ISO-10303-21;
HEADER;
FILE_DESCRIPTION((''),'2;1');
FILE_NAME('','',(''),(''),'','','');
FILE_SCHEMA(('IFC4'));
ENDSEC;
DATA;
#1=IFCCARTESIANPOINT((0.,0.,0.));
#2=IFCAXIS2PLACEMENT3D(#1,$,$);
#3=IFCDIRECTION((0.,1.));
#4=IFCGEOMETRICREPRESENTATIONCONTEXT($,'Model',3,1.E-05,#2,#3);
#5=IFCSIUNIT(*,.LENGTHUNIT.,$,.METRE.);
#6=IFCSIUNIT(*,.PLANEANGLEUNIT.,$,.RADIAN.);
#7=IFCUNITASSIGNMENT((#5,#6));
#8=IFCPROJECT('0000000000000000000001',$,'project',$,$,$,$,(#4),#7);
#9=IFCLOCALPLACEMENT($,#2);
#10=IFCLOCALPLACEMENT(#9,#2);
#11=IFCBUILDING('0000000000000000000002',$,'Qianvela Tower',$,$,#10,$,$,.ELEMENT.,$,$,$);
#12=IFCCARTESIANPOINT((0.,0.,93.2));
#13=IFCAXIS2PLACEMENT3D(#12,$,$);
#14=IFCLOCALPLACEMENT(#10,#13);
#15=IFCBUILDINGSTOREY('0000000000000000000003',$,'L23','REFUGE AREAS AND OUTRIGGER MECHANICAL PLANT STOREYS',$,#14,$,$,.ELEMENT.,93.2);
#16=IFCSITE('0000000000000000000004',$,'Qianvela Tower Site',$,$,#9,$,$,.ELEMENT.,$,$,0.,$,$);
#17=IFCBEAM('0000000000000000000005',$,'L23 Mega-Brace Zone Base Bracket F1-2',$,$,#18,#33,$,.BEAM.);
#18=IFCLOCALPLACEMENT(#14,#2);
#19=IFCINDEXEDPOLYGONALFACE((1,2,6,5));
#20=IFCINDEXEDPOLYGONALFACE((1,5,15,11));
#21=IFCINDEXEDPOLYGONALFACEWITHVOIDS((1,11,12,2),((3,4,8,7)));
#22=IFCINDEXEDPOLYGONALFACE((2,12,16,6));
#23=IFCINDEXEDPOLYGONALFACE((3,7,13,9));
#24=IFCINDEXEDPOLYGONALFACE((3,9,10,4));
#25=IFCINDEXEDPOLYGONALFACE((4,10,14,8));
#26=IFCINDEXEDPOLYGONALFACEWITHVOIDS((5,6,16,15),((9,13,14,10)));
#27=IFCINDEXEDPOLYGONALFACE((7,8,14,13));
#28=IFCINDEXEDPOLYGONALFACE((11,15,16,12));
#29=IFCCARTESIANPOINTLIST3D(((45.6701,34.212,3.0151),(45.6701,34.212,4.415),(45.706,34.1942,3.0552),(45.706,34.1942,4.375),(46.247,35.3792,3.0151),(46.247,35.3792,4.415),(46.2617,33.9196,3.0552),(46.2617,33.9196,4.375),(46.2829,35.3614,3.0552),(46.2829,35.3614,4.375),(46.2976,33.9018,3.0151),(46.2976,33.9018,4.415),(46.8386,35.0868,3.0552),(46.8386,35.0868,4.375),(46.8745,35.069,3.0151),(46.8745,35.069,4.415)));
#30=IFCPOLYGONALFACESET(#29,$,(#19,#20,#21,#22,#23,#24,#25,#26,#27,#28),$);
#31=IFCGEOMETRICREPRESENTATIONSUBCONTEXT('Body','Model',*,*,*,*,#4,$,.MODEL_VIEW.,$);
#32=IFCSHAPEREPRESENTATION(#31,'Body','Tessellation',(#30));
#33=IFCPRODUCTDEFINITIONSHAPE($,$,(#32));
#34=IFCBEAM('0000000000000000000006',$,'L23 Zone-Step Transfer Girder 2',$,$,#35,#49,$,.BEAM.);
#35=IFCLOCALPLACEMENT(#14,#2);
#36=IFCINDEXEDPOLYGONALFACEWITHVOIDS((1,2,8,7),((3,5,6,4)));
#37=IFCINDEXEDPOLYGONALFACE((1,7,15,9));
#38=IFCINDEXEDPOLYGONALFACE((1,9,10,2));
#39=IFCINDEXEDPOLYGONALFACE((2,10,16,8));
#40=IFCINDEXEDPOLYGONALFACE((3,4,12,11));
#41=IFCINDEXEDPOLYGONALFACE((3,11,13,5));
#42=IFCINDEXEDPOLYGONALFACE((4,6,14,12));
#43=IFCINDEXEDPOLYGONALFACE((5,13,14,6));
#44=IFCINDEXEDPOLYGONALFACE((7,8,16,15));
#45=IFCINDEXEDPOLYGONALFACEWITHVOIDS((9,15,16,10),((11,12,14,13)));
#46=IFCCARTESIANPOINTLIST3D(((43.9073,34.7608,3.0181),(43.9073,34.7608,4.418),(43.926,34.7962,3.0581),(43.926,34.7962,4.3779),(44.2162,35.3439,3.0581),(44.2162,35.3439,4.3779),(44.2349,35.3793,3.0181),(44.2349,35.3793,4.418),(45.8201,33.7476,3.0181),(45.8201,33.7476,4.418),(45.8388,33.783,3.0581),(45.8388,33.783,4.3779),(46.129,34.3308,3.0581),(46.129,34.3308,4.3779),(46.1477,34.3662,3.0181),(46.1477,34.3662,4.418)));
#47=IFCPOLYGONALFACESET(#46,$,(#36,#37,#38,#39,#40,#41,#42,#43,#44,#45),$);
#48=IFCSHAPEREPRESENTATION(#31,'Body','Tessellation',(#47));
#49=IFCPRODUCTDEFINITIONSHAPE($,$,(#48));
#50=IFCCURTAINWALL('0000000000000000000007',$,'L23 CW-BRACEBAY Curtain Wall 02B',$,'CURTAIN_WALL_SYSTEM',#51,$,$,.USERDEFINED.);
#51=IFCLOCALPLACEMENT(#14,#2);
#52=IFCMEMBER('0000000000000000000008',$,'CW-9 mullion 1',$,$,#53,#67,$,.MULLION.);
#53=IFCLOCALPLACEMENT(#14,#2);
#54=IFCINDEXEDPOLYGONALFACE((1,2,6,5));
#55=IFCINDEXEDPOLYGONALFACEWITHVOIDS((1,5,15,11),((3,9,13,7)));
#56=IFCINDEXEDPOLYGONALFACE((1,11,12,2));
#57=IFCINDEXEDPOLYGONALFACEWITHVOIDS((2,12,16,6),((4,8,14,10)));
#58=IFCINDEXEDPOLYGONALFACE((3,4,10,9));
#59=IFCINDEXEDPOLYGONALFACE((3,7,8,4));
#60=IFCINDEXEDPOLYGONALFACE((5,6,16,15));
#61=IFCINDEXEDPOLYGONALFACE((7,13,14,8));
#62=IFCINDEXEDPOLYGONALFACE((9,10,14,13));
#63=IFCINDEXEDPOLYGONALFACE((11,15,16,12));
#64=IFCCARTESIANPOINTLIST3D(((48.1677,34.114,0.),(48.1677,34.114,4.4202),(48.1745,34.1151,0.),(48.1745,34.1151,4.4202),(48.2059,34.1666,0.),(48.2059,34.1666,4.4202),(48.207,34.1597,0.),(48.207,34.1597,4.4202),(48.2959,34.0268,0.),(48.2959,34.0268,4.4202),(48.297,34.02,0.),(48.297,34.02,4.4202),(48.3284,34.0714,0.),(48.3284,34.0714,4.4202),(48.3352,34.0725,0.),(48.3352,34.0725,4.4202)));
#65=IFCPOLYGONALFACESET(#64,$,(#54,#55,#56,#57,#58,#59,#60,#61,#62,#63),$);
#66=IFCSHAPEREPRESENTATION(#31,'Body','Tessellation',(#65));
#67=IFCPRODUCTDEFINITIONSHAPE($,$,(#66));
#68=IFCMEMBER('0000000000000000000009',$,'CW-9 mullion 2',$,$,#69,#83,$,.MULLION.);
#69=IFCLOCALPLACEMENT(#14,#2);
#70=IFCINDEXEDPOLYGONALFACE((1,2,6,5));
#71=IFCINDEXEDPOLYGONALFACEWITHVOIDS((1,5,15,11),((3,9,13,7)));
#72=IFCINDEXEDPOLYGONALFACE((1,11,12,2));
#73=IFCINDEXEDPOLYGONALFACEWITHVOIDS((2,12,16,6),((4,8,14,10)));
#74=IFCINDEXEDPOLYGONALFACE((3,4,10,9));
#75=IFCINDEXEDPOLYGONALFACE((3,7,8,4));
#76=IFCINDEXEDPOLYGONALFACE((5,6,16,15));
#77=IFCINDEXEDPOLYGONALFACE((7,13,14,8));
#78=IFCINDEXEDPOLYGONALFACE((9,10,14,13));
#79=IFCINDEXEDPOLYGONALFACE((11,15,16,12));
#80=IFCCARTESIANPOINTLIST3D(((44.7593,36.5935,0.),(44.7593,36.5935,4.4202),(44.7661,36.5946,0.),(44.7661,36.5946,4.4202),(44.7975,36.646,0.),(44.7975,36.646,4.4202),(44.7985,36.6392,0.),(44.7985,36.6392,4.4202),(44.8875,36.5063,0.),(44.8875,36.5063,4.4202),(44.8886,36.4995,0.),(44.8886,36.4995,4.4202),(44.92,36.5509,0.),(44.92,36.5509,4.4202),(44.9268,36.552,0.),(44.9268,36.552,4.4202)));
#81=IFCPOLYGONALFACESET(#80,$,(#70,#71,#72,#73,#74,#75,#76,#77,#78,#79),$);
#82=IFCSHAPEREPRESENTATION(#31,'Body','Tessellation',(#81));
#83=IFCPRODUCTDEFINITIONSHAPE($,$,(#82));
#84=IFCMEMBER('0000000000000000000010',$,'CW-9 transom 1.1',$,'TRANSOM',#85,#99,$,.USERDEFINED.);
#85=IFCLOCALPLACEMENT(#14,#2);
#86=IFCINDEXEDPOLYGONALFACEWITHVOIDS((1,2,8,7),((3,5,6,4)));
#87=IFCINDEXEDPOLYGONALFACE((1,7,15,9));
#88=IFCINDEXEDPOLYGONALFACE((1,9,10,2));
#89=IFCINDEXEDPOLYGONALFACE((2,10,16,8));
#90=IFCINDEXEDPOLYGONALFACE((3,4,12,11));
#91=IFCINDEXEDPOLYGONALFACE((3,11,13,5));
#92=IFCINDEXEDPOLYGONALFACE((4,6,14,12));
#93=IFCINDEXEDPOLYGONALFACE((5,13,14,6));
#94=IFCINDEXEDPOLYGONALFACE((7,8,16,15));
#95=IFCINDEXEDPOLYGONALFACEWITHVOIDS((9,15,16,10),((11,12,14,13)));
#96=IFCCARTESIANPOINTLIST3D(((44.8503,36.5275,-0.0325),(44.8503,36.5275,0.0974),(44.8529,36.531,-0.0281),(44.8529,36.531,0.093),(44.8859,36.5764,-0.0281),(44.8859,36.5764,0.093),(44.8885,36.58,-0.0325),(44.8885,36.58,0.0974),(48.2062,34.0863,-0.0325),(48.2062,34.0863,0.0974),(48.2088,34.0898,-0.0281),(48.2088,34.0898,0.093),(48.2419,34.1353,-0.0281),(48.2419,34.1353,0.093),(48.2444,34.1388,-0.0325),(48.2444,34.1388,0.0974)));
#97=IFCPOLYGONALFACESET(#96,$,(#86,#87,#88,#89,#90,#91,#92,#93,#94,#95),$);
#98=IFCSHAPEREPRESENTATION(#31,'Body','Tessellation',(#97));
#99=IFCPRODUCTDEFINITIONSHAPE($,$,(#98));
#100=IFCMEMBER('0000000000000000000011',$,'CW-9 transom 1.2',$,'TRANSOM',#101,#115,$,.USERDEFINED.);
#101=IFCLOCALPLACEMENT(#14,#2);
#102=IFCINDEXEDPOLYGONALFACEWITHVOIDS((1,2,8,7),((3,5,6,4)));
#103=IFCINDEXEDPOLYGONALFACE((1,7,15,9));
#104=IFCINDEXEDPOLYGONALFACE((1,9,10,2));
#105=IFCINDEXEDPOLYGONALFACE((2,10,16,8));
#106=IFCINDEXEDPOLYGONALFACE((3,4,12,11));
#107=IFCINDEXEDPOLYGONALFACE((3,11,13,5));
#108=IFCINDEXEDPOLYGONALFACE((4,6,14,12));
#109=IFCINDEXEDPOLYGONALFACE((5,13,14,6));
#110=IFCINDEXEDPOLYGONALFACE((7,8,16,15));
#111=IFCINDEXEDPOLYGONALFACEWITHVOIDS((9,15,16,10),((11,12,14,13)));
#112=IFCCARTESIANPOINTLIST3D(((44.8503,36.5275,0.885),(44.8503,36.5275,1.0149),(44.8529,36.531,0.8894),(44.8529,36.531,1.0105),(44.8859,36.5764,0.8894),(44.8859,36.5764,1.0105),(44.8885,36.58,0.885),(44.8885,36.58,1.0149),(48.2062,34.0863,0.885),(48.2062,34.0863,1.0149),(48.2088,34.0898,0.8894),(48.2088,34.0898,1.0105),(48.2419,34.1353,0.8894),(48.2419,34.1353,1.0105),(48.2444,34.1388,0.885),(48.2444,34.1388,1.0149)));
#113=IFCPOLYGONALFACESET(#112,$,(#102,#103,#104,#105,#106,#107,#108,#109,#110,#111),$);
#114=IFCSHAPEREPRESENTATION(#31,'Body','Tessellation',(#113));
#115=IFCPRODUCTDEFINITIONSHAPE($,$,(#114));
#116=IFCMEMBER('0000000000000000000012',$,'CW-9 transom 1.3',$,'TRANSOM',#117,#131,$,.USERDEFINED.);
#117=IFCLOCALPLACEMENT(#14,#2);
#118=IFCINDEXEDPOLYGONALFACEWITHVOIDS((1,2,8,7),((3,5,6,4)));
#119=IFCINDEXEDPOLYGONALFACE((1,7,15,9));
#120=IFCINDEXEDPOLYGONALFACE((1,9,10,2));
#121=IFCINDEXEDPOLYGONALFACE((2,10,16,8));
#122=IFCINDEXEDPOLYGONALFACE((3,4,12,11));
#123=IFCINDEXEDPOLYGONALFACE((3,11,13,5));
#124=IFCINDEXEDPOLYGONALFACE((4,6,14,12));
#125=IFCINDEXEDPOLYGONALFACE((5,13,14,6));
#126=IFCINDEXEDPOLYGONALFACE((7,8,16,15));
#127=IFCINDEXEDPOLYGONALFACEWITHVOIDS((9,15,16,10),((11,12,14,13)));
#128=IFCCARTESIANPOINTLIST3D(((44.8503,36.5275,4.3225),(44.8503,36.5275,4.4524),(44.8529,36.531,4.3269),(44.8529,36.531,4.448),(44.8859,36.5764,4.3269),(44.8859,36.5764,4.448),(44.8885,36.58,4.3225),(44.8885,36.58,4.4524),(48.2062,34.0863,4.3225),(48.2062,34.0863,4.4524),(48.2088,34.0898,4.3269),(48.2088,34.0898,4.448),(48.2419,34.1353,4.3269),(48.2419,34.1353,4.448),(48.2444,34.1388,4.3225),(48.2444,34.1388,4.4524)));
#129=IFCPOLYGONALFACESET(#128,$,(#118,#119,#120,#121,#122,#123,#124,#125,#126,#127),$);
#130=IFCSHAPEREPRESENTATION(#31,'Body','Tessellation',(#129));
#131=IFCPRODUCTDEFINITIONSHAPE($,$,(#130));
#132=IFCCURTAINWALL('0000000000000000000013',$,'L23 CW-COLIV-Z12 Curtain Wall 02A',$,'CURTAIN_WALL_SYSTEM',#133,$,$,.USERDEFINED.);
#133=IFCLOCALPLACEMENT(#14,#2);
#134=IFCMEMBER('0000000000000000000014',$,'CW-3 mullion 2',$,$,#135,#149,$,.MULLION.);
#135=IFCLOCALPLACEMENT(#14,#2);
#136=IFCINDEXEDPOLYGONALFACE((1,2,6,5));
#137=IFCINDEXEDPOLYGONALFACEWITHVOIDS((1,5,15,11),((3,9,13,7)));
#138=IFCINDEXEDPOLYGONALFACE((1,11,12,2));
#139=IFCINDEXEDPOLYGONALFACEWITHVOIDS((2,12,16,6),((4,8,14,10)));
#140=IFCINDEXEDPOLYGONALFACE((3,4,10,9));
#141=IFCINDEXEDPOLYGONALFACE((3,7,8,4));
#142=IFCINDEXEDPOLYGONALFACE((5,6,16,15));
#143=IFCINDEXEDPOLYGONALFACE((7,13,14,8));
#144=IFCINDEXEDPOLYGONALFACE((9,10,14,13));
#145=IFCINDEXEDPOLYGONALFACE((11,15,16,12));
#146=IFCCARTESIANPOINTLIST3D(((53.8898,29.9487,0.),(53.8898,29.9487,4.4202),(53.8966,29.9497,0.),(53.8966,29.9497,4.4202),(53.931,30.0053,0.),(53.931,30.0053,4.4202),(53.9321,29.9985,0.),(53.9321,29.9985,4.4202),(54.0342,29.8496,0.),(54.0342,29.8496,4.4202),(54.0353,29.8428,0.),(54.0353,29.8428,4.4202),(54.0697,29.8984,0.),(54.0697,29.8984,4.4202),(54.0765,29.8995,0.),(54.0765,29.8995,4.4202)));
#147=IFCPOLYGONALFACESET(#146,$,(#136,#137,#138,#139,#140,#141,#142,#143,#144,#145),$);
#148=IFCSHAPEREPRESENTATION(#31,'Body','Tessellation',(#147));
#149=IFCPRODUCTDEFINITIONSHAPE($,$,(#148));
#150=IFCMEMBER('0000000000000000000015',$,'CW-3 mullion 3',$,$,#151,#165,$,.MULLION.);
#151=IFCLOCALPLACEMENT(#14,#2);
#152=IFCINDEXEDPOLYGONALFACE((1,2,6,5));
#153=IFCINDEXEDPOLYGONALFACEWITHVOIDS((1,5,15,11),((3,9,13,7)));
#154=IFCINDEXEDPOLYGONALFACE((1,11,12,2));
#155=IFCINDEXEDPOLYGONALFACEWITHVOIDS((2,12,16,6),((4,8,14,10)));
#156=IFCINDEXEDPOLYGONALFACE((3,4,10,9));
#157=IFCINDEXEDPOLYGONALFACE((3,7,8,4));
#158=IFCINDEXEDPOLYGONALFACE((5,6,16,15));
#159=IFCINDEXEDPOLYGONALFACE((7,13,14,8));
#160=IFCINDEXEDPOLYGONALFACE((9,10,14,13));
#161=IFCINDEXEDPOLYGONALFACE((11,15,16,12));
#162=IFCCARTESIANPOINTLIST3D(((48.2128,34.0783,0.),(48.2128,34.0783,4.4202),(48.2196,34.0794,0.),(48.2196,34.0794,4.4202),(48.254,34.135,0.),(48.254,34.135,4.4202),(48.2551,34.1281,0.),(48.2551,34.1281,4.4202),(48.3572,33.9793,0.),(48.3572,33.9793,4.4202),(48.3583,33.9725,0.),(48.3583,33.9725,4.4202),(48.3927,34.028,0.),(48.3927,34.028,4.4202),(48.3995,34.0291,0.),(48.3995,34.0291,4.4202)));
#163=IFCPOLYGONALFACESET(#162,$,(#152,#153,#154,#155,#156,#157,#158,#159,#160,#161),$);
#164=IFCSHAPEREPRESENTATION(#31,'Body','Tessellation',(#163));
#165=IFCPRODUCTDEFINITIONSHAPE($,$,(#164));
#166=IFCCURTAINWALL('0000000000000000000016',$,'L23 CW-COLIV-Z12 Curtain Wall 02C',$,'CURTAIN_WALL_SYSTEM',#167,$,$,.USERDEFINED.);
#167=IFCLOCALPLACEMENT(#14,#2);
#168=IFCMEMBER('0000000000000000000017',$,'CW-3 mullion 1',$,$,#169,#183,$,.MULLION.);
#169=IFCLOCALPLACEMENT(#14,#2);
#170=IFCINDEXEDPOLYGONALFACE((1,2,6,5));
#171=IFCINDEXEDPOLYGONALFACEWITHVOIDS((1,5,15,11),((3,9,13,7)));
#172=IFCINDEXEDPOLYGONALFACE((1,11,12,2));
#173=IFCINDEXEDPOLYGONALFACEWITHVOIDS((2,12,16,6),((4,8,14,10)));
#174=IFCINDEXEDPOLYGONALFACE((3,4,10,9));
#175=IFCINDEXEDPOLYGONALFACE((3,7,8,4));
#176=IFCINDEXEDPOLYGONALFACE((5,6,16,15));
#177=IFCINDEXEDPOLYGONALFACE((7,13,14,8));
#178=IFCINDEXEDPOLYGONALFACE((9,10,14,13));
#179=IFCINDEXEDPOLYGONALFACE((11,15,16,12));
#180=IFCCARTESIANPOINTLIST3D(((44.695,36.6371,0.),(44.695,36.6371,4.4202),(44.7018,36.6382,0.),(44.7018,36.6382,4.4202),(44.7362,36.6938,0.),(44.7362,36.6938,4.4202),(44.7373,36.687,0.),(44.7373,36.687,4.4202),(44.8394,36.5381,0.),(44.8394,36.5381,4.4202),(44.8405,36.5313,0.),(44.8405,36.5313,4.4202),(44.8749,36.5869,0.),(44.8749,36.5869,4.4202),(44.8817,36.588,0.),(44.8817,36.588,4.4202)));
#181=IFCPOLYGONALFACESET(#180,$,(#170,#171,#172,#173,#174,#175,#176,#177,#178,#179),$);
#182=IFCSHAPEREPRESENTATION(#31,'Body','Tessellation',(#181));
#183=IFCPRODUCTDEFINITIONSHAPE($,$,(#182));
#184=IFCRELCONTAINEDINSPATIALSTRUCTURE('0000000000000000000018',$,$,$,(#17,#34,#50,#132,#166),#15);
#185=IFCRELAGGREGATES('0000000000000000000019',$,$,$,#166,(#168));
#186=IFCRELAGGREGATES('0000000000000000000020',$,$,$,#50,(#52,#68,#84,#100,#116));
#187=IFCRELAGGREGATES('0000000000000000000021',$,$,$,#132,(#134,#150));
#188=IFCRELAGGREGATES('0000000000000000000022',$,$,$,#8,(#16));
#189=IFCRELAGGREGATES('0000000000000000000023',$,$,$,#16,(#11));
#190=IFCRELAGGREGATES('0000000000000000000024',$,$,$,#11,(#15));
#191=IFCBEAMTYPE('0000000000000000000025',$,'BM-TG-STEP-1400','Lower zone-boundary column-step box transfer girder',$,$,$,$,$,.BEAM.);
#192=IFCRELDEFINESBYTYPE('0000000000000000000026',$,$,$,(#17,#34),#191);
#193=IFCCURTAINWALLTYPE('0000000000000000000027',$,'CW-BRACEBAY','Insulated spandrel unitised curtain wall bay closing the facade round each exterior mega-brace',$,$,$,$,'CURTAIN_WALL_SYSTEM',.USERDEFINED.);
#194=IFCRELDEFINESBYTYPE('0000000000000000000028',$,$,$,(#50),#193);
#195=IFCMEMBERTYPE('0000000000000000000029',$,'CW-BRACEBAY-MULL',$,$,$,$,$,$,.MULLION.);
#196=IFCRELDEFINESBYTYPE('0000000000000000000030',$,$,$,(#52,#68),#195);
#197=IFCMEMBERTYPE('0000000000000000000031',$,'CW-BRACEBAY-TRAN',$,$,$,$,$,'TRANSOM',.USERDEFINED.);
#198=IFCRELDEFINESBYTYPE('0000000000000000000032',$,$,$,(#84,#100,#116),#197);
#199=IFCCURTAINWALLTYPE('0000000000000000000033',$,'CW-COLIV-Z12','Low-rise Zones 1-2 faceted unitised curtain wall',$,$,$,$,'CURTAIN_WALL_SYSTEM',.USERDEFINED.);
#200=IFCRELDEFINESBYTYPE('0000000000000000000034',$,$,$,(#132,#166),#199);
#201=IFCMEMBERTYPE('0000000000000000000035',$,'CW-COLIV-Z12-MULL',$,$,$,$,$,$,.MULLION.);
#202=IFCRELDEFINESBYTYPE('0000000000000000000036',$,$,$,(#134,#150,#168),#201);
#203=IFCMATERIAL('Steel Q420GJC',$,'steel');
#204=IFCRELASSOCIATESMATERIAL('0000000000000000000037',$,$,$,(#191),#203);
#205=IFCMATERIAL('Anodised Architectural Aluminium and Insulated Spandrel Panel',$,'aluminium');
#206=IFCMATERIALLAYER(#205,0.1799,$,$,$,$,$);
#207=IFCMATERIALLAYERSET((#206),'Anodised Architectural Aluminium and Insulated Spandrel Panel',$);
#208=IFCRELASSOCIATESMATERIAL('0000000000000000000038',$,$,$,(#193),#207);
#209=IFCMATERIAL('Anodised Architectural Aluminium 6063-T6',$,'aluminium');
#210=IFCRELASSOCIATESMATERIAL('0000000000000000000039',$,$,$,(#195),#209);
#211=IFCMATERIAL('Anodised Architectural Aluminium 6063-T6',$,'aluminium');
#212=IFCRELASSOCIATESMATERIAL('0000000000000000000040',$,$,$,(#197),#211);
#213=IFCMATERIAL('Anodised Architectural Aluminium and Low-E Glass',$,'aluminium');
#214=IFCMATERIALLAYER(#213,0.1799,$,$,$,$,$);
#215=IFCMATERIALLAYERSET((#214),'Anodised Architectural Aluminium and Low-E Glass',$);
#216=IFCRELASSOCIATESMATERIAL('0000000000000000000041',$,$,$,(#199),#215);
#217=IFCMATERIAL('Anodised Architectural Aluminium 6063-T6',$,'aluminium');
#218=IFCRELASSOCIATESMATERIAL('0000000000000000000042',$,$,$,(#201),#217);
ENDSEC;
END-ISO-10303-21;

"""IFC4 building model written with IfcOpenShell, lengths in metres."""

from ifc_helpers import new_model, si_unit, direction, frame, origin, origin_2d, place, context, subcontext, project, spatial, hollow_rectangle, extrude, material, layer, layer_set, material_profile, profile_set, type_object, element, aggregate, save


model = new_model("IFC4")

# Units and contexts
model_context = context("Model", 3, precision=1e-05, world=origin(), true_north=direction((0.0, 1.0)))
body_context = subcontext(model_context, "Body", "Model", "MODEL_VIEW")
ifc_project = project(units=[si_unit("LENGTHUNIT", "METRE"), si_unit("PLANEANGLEUNIT", "RADIAN")], contexts=[model_context])

# Site, building, storey
site_placement = place(None, origin())
site = spatial("IfcSite", under=ifc_project, at=site_placement, Name="Qianvela Tower Site", CompositionType="ELEMENT", RefElevation=0.0)
building_placement = place(site_placement, origin())
building = spatial("IfcBuilding", under=site, at=building_placement, Name="Qianvela Tower", CompositionType="ELEMENT")
storey_placement = place(building_placement, frame((0.0, 0.0, 93.2)))
storey = spatial("IfcBuildingStorey", under=building, at=storey_placement, Name="L23", Description="REFUGE AREAS AND OUTRIGGER MECHANICAL PLANT STOREYS", CompositionType="ELEMENT", Elevation=93.2)

# Beams
ifc_material_1 = material(Name="Steel Q420GJC", Category="steel")
ifc_material_profile_1 = material_profile(ifc_material_1, hollow_rectangle(XDim=0.7, YDim=1.3999, WallThickness=0.04, at=origin_2d()), Name="TG-BOX-1400x700x40")
ifc_profile_set_1 = profile_set([ifc_material_profile_1], Name="Steel Q420GJC")
beam_type_1 = type_object("IfcBeamType", Name="BM-TG-STEP-1400", Description="Lower zone-boundary column-step box transfer girder", PredefinedType="BEAM", material=ifc_profile_set_1)
for number, where, z_axis, x_axis, name in (
    (1, (45.9839, 34.0569, 3.7151), (0.443084, 0.89648, 0.0), (-0.89648, 0.443084, 0.0), "L23 Mega-Brace Zone Base Bracket F1-2"),
):
    element("IfcBeam", number, at=place(storey_placement, frame(where, z_axis=z_axis, x_axis=x_axis)), inside=storey, type_object=beam_type_1, Name=name, PredefinedType="BEAM", context=body_context, shape_type="SweptSolid", body=[
        extrude(hollow_rectangle(XDim=0.7, YDim=1.3999, WallThickness=0.04, at=origin_2d()), origin(), (0.0, 0.0, 1.0), 1.302),
    ])
beam_1_placement = place(storey_placement, frame((45.9839, 34.0569, 3.718), z_axis=(-0.883692, 0.468069, 0.0), x_axis=(-0.468069, -0.883692, 0.0)))
element("IfcBeam", 2, at=beam_1_placement, inside=storey, type_object=beam_type_1, Name="L23 Zone-Step Transfer Girder 2", PredefinedType="BEAM", context=body_context, shape_type="SweptSolid", body=[
    extrude(hollow_rectangle(XDim=0.7, YDim=1.3999, WallThickness=0.04, at=origin_2d()), origin(), (0.0, 0.0, 1.0), 2.1646),
])

# Curtain walls, members
ifc_material_2 = material(Name="Anodised Architectural Aluminium and Insulated Spandrel Panel", Category="aluminium")
ifc_layer_1 = layer(ifc_material_2, 0.1799)
ifc_layer_set_1 = layer_set([ifc_layer_1], Name="Anodised Architectural Aluminium and Insulated Spandrel Panel")
curtain_wall_type_1 = type_object("IfcCurtainWallType", Name="CW-BRACEBAY", Description="Insulated spandrel unitised curtain wall bay closing the facade round each exterior mega-brace", ElementType="CURTAIN_WALL_SYSTEM", PredefinedType="USERDEFINED", material=ifc_layer_set_1)
curtain_wall_1_placement = place(storey_placement, origin())
curtain_wall_1 = element("IfcCurtainWall", 3, at=curtain_wall_1_placement, inside=storey, type_object=curtain_wall_type_1, Name="L23 CW-BRACEBAY Curtain Wall 02B", ObjectType="CURTAIN_WALL_SYSTEM", PredefinedType="USERDEFINED")
ifc_material_3 = material(Name="Anodised Architectural Aluminium 6063-T6", Category="aluminium")
ifc_material_profile_2 = material_profile(ifc_material_3, hollow_rectangle(XDim=0.0649, YDim=0.1599, WallThickness=0.0049, at=origin_2d()), Name="ALU-MULL-65x160")
ifc_profile_set_2 = profile_set([ifc_material_profile_2], Name="Anodised Architectural Aluminium 6063-T6")
member_type_1 = type_object("IfcMemberType", Name="CW-BRACEBAY-MULL", PredefinedType="MULLION", material=ifc_profile_set_2)
member_1_placement = place(storey_placement, frame((48.2515, 34.0933, 0.0), z_axis=(0.0, 0.0, 1.0), x_axis=(-0.588254, -0.808676, 0.0)))
member_1 = element("IfcMember", 4, at=member_1_placement, type_object=member_type_1, Name="CW-9 mullion 1", PredefinedType="MULLION", context=body_context, shape_type="SweptSolid", body=[
    extrude(hollow_rectangle(XDim=0.0649, YDim=0.1599, WallThickness=0.0049, at=origin_2d()), origin(), (0.0, 0.0, 1.0), 4.4202),
])
member_2_placement = place(storey_placement, frame((44.843, 36.5728, 0.0), z_axis=(0.0, 0.0, 1.0), x_axis=(-0.588254, -0.808676, 0.0)))
member_2 = element("IfcMember", 5, at=member_2_placement, type_object=member_type_1, Name="CW-9 mullion 2", PredefinedType="MULLION", context=body_context, shape_type="SweptSolid", body=[
    extrude(hollow_rectangle(XDim=0.0649, YDim=0.1599, WallThickness=0.0049, at=origin_2d()), origin(), (0.0, 0.0, 1.0), 4.4202),
])
ifc_material_4 = material(Name="Anodised Architectural Aluminium 6063-T6", Category="aluminium")
ifc_material_profile_3 = material_profile(ifc_material_4, hollow_rectangle(XDim=0.0649, YDim=0.1299, WallThickness=0.0044, at=origin_2d()), Name="ALU-TRAN-65x130")
ifc_profile_set_3 = profile_set([ifc_material_profile_3], Name="Anodised Architectural Aluminium 6063-T6")
member_type_2 = type_object("IfcMemberType", Name="CW-BRACEBAY-TRAN", ElementType="TRANSOM", PredefinedType="USERDEFINED", material=ifc_profile_set_3)
member_3_placement = place(storey_placement, frame((48.2253, 34.1125, 0.0325), z_axis=(-0.808683, 0.588245, 0.0), x_axis=(-0.588245, -0.808683, 0.0)))
member_3 = element("IfcMember", 6, at=member_3_placement, type_object=member_type_2, Name="CW-9 transom 1.1", ObjectType="TRANSOM", PredefinedType="USERDEFINED", context=body_context, shape_type="SweptSolid", body=[
    extrude(hollow_rectangle(XDim=0.0649, YDim=0.1299, WallThickness=0.0044, at=origin_2d()), origin(), (0.0, 0.0, 1.0), 4.1499),
])
member_4_placement = place(storey_placement, frame((48.2253, 34.1125, 0.95), z_axis=(-0.808683, 0.588245, 0.0), x_axis=(-0.588245, -0.808683, 0.0)))
member_4 = element("IfcMember", 7, at=member_4_placement, type_object=member_type_2, Name="CW-9 transom 1.2", ObjectType="TRANSOM", PredefinedType="USERDEFINED", context=body_context, shape_type="SweptSolid", body=[
    extrude(hollow_rectangle(XDim=0.0649, YDim=0.1299, WallThickness=0.0044, at=origin_2d()), origin(), (0.0, 0.0, 1.0), 4.1499),
])
member_5_placement = place(storey_placement, frame((48.2253, 34.1125, 4.3875), z_axis=(-0.808683, 0.588245, 0.0), x_axis=(-0.588245, -0.808683, 0.0)))
member_5 = element("IfcMember", 8, at=member_5_placement, type_object=member_type_2, Name="CW-9 transom 1.3", ObjectType="TRANSOM", PredefinedType="USERDEFINED", context=body_context, shape_type="SweptSolid", body=[
    extrude(hollow_rectangle(XDim=0.0649, YDim=0.1299, WallThickness=0.0044, at=origin_2d()), origin(), (0.0, 0.0, 1.0), 4.1499),
])
ifc_material_5 = material(Name="Anodised Architectural Aluminium and Low-E Glass", Category="aluminium")
ifc_layer_2 = layer(ifc_material_5, 0.1799)
ifc_layer_set_2 = layer_set([ifc_layer_2], Name="Anodised Architectural Aluminium and Low-E Glass")
curtain_wall_type_2 = type_object("IfcCurtainWallType", Name="CW-COLIV-Z12", Description="Low-rise Zones 1-2 faceted unitised curtain wall", ElementType="CURTAIN_WALL_SYSTEM", PredefinedType="USERDEFINED", material=ifc_layer_set_2)
curtain_wall_2_placement = place(storey_placement, origin())
curtain_wall_2 = element("IfcCurtainWall", 9, at=curtain_wall_2_placement, inside=storey, type_object=curtain_wall_type_2, Name="L23 CW-COLIV-Z12 Curtain Wall 02A", ObjectType="CURTAIN_WALL_SYSTEM", PredefinedType="USERDEFINED")
ifc_material_6 = material(Name="Anodised Architectural Aluminium 6063-T6", Category="aluminium")
ifc_material_profile_4 = material_profile(ifc_material_6, hollow_rectangle(XDim=0.0701, YDim=0.1799, WallThickness=0.0049, at=origin_2d()), Name="ALU-MULL-70x180")
ifc_profile_set_4 = profile_set([ifc_material_profile_4], Name="Anodised Architectural Aluminium 6063-T6")
member_type_3 = type_object("IfcMemberType", Name="CW-COLIV-Z12-MULL", PredefinedType="MULLION", material=ifc_profile_set_4)
member_6_placement = place(storey_placement, frame((53.9832, 29.9241, 0.0), z_axis=(0.0, 0.0, 1.0), x_axis=(-0.588253, -0.808677, 0.0)))
member_6 = element("IfcMember", 10, at=member_6_placement, type_object=member_type_3, Name="CW-3 mullion 2", PredefinedType="MULLION", context=body_context, shape_type="SweptSolid", body=[
    extrude(hollow_rectangle(XDim=0.0701, YDim=0.1799, WallThickness=0.0049, at=origin_2d()), origin(), (0.0, 0.0, 1.0), 4.4202),
])
member_7_placement = place(storey_placement, frame((48.3062, 34.0537, 0.0), z_axis=(0.0, 0.0, 1.0), x_axis=(-0.588253, -0.808677, 0.0)))
member_7 = element("IfcMember", 11, at=member_7_placement, type_object=member_type_3, Name="CW-3 mullion 3", PredefinedType="MULLION", context=body_context, shape_type="SweptSolid", body=[
    extrude(hollow_rectangle(XDim=0.0701, YDim=0.1799, WallThickness=0.0049, at=origin_2d()), origin(), (0.0, 0.0, 1.0), 4.4202),
])

# Curtain wall, member
curtain_wall_3_placement = place(storey_placement, origin())
curtain_wall_3 = element("IfcCurtainWall", 12, at=curtain_wall_3_placement, inside=storey, type_object=curtain_wall_type_2, Name="L23 CW-COLIV-Z12 Curtain Wall 02C", ObjectType="CURTAIN_WALL_SYSTEM", PredefinedType="USERDEFINED")
member_8_placement = place(storey_placement, frame((44.7883, 36.6125, 0.0), z_axis=(0.0, 0.0, 1.0), x_axis=(-0.58825, -0.808679, 0.0)))
member_8 = element("IfcMember", 13, at=member_8_placement, type_object=member_type_3, Name="CW-3 mullion 1", PredefinedType="MULLION", context=body_context, shape_type="SweptSolid", body=[
    extrude(hollow_rectangle(XDim=0.0701, YDim=0.1799, WallThickness=0.0049, at=origin_2d()), origin(), (0.0, 0.0, 1.0), 4.4202),
])

aggregate(curtain_wall_3, [member_8])

aggregate(curtain_wall_1, [member_1, member_2, member_3, member_4, member_5])
aggregate(curtain_wall_2, [member_6, member_7])

save(model, "model.ifc")
